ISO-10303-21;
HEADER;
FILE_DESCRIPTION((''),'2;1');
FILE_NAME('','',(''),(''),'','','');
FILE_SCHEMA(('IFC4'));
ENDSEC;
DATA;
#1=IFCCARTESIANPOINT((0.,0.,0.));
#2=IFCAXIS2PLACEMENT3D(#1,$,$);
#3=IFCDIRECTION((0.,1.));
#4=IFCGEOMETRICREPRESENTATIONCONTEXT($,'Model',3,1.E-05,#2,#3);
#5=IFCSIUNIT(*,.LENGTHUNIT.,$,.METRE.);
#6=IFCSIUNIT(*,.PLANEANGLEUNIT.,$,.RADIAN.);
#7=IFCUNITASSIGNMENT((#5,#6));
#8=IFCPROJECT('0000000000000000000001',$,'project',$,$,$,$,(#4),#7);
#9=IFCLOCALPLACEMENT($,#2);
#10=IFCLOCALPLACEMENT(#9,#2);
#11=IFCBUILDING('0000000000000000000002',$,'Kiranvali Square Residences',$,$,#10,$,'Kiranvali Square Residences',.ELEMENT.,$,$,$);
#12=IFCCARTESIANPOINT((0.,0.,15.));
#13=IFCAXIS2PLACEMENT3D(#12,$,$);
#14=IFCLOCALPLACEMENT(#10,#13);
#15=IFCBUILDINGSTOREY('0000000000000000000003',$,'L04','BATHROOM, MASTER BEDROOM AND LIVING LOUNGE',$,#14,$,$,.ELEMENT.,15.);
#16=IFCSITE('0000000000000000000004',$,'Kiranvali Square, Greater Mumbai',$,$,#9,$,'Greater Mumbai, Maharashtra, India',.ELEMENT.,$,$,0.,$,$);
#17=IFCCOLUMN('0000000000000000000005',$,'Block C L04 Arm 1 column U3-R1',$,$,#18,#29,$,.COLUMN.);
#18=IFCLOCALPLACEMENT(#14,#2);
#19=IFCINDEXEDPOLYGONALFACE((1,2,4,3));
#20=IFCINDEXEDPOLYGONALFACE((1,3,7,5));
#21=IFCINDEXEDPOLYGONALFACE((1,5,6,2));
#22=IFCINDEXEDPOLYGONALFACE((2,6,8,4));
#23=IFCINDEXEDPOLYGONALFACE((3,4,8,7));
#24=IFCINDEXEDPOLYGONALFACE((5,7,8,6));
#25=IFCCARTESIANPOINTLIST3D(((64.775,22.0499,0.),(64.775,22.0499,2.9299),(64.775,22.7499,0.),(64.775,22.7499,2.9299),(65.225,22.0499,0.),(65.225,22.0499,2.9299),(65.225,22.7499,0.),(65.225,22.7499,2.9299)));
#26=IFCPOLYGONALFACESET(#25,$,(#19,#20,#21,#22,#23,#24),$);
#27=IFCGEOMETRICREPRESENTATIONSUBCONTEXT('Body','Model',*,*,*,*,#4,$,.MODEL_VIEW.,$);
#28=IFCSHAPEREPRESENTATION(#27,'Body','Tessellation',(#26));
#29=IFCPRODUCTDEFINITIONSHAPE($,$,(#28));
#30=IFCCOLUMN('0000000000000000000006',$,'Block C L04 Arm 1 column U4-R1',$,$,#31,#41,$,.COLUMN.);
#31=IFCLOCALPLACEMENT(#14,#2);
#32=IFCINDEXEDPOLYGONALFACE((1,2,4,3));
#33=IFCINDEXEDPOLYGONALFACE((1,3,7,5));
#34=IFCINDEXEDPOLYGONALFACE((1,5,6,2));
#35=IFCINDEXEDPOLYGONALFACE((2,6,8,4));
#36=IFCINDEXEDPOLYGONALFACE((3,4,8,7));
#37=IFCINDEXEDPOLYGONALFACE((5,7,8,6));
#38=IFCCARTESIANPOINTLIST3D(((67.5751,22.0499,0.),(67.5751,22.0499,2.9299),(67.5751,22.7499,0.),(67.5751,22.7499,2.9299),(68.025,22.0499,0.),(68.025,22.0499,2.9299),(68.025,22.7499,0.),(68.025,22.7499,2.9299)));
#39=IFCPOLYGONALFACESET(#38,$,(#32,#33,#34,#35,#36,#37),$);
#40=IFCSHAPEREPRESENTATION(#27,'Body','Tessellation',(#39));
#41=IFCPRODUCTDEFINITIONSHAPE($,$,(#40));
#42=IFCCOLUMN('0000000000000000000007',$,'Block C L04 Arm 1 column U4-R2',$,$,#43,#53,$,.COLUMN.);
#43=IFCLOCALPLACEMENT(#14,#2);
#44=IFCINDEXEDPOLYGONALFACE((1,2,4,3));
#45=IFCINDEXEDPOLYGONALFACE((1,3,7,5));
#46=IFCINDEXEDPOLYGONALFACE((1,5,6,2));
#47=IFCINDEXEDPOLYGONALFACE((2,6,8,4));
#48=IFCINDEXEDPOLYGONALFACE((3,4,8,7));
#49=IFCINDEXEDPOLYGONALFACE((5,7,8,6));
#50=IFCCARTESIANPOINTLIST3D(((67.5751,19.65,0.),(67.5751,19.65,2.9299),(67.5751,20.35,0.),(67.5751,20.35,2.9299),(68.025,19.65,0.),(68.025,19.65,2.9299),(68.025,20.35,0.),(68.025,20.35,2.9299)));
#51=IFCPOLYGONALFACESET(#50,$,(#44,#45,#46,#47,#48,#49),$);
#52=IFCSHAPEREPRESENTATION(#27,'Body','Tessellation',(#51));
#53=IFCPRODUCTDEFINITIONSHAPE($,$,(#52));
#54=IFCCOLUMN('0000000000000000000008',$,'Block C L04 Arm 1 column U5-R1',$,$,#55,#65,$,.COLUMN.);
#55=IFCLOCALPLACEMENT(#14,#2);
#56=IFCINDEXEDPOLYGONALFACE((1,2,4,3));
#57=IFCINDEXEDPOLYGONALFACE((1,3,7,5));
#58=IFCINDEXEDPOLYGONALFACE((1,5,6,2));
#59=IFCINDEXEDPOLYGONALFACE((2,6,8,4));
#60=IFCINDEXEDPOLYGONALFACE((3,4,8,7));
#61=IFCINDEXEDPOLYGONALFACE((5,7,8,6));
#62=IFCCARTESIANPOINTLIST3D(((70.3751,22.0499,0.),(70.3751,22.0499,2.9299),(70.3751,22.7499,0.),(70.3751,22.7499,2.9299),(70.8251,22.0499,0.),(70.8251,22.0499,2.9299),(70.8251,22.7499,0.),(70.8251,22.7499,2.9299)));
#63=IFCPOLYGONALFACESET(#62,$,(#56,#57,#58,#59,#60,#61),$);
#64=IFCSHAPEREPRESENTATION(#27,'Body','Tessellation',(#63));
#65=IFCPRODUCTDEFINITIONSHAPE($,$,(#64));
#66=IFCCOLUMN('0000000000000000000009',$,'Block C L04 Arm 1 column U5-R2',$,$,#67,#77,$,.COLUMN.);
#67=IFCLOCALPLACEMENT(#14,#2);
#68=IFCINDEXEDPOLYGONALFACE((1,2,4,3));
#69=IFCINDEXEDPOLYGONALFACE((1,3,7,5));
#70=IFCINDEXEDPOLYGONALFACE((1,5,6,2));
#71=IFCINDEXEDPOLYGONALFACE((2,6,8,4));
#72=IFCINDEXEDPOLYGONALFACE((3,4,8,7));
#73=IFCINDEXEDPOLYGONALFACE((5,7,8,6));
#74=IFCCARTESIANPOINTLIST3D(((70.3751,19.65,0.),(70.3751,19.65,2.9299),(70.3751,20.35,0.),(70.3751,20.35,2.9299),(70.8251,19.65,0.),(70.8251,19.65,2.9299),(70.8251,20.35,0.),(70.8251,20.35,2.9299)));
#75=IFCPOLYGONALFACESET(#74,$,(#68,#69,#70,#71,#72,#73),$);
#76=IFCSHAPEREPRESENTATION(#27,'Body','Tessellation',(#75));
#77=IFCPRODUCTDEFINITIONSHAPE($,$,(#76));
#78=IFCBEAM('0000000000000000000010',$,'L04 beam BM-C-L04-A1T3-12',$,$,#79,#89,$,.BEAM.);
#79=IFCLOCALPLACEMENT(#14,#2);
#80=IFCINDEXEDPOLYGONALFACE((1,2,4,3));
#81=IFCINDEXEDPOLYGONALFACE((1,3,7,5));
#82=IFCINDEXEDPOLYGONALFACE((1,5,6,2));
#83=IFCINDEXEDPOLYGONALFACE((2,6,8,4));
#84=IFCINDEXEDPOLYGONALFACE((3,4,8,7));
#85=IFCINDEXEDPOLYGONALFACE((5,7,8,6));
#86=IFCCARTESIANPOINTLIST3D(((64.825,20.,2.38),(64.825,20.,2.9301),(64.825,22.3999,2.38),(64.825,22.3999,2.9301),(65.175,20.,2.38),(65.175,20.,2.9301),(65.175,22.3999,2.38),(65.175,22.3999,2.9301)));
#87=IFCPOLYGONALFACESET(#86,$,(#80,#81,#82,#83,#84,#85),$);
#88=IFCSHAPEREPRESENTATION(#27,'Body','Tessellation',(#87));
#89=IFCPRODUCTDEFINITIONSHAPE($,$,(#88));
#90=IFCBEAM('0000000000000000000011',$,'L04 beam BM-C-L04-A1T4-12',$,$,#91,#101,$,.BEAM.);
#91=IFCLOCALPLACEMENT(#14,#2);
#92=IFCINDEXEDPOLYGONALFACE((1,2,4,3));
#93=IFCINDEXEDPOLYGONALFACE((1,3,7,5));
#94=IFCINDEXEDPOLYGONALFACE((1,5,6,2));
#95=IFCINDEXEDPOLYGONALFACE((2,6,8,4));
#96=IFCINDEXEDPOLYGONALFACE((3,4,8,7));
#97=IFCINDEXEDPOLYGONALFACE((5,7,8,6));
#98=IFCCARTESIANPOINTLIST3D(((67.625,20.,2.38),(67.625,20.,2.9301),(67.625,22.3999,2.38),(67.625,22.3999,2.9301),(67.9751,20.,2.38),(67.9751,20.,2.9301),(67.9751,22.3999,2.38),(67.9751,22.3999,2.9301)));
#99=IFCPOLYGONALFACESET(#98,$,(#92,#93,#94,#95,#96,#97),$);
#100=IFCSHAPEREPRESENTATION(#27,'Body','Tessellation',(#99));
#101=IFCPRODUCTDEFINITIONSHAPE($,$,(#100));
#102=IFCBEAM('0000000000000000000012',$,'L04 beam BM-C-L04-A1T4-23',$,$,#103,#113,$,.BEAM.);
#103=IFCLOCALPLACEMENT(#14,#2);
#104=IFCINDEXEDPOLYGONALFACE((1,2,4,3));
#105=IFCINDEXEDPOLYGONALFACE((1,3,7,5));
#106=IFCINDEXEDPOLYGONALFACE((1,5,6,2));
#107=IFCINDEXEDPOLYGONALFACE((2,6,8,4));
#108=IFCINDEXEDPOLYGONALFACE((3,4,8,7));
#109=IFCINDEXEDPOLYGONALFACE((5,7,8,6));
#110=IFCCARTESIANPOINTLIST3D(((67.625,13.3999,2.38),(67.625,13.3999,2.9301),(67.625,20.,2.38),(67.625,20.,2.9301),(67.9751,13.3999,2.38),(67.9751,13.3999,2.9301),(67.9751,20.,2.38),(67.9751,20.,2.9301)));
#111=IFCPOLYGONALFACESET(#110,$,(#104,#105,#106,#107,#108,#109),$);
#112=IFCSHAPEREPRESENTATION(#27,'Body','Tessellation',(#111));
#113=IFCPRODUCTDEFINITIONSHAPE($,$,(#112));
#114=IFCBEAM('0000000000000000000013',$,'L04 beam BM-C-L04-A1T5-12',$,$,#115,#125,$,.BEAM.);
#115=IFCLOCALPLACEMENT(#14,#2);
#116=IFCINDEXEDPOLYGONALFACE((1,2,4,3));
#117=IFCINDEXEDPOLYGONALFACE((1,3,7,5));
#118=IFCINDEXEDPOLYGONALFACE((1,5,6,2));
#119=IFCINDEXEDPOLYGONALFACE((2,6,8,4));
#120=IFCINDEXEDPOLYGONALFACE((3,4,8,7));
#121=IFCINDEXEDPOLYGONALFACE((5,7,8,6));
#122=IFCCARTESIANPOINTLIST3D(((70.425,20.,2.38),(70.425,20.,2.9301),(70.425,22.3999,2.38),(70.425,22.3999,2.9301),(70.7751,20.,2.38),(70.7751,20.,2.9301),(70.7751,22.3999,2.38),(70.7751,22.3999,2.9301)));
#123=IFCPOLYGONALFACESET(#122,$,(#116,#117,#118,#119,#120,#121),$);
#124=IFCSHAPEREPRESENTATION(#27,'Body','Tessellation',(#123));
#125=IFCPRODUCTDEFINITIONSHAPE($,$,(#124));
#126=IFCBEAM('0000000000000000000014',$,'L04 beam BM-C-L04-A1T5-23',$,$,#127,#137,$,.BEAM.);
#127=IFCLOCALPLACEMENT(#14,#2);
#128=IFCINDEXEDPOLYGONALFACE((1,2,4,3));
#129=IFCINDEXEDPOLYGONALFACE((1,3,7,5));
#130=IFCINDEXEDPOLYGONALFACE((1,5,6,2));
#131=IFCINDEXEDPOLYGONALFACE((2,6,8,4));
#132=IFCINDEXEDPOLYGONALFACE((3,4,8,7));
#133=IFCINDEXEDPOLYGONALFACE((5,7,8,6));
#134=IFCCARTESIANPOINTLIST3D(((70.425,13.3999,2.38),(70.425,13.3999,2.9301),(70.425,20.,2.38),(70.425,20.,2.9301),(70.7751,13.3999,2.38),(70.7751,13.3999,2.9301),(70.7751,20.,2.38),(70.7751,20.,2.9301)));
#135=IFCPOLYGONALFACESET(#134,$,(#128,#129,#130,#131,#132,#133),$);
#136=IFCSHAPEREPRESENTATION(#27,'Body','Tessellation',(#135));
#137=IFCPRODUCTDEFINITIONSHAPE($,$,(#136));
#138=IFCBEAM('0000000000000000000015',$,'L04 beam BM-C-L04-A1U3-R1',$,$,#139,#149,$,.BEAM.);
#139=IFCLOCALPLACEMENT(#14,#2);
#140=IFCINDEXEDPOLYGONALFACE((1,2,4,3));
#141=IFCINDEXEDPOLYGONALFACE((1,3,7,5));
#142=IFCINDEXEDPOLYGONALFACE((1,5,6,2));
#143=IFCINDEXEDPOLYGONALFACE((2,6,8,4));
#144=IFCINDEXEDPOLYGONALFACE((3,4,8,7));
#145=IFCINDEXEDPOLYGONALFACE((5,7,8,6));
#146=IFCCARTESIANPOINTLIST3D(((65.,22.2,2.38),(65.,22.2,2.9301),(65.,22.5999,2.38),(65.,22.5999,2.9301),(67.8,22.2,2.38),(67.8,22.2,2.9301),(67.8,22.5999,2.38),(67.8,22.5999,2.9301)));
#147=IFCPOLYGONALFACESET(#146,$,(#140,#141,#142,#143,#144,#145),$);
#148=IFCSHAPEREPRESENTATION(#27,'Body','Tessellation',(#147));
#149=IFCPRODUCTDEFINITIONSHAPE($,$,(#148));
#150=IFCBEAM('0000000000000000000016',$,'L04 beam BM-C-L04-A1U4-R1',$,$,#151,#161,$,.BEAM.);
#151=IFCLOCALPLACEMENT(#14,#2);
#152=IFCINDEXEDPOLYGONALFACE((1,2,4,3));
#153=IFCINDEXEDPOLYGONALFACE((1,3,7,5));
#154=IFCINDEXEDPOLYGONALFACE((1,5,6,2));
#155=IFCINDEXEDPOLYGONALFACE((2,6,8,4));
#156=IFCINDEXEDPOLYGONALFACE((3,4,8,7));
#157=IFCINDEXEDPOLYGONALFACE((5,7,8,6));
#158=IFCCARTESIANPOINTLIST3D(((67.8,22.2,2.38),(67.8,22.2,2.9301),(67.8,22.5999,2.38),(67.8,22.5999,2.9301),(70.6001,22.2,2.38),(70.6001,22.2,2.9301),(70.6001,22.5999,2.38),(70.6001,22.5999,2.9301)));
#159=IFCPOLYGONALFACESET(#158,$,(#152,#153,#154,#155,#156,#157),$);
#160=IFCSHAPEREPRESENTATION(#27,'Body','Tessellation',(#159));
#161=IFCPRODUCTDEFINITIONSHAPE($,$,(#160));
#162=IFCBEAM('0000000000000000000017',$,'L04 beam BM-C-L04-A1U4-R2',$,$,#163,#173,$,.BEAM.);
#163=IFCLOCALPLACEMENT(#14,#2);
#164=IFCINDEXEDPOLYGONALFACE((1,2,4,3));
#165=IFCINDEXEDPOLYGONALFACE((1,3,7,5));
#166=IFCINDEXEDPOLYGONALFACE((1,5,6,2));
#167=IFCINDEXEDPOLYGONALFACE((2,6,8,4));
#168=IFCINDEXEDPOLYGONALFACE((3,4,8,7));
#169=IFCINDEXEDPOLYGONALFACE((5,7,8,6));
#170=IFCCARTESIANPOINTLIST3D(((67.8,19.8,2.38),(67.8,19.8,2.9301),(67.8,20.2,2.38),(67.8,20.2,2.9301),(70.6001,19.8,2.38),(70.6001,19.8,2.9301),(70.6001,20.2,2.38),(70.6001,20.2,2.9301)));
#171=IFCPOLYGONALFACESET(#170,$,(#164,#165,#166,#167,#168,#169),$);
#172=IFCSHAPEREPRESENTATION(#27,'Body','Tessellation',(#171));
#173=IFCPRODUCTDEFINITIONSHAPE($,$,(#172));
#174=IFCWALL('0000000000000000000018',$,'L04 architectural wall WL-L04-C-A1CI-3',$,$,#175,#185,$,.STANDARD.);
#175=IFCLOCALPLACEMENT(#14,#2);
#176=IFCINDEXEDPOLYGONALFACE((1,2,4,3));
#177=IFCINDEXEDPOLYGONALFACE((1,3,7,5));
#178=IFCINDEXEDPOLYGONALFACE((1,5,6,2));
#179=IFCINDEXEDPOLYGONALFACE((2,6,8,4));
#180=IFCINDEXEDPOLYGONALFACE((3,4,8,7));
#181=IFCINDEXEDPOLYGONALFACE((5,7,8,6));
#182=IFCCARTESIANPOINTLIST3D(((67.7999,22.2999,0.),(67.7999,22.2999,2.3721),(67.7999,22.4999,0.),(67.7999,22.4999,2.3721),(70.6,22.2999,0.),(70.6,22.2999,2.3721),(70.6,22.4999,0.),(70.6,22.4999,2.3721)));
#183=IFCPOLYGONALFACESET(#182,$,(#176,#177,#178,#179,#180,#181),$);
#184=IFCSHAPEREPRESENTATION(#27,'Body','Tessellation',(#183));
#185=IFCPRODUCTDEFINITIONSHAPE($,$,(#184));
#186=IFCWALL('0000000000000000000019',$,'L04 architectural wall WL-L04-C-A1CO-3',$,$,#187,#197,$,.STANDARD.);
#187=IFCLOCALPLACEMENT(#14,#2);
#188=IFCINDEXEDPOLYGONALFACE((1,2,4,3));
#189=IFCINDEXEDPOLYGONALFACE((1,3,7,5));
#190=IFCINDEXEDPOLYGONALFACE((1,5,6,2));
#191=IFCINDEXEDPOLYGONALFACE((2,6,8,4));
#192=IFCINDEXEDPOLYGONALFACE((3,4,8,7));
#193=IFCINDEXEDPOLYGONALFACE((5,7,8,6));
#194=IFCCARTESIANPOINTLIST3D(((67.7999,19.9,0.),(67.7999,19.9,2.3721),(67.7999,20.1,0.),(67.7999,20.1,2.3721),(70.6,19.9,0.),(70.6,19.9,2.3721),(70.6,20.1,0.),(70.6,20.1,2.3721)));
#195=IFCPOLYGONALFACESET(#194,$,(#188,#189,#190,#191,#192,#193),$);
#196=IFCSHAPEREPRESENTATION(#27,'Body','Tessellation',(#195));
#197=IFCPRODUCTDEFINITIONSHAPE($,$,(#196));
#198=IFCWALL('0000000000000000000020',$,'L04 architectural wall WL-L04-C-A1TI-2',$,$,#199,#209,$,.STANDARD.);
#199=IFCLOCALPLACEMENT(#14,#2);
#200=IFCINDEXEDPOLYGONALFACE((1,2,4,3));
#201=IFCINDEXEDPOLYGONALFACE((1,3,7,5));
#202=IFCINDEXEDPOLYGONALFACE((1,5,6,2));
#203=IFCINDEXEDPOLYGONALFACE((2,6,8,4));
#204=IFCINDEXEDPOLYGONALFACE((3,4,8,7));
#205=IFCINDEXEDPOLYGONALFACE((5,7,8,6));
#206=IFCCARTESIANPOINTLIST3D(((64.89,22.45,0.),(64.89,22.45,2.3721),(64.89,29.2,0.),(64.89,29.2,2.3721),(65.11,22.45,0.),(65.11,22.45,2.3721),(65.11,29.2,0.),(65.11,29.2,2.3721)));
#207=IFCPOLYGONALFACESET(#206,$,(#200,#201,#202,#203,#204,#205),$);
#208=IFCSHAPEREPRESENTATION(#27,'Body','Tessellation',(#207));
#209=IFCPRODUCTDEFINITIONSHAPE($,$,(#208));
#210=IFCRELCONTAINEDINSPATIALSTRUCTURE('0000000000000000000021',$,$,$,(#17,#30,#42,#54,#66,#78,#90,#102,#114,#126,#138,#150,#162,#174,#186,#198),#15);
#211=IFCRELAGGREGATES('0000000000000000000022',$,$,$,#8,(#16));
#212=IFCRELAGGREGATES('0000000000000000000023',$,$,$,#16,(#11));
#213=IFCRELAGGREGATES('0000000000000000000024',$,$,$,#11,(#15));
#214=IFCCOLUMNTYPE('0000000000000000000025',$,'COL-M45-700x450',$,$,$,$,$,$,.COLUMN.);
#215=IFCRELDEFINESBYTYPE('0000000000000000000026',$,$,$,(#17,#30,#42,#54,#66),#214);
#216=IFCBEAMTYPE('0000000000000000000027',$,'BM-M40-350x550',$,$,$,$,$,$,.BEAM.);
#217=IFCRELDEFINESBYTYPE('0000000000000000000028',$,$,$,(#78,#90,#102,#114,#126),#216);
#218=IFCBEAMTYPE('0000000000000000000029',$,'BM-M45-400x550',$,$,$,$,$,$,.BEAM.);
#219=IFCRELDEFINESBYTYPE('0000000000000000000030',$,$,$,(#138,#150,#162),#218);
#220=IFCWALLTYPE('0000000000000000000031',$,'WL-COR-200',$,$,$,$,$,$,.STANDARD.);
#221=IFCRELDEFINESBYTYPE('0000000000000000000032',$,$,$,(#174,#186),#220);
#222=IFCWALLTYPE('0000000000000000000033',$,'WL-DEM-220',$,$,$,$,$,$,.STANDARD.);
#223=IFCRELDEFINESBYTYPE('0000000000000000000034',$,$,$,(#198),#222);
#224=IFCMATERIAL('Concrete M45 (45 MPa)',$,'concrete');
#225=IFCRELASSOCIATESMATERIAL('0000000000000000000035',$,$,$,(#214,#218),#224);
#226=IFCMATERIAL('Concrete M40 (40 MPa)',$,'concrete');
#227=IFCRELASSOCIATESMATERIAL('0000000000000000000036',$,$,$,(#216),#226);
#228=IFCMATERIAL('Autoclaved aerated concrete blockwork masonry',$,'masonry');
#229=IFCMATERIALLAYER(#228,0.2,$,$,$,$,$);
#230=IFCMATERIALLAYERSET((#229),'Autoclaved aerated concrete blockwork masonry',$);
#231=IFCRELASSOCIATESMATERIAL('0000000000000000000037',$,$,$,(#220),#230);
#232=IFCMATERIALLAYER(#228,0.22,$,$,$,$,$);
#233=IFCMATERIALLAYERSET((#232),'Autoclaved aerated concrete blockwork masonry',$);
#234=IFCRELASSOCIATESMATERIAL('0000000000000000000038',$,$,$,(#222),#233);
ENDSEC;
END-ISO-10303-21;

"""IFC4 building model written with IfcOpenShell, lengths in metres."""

from ifc_helpers import new_model, si_unit, direction, frame, frame_2d, origin, origin_2d, place, context, subcontext, project, spatial, rectangle, extrude, material, layer, layer_set, material_profile, profile_set, type_object, element, save


model = new_model("IFC4")

# Units and contexts
model_context = context("Model", 3, precision=1e-05, world=origin(), true_north=direction((0.0, 1.0)))
body_context = subcontext(model_context, "Body", "Model", "MODEL_VIEW")
ifc_project = project(units=[si_unit("LENGTHUNIT", "METRE"), si_unit("PLANEANGLEUNIT", "RADIAN")], contexts=[model_context])

# Site, building, storey
site_placement = place(None, origin())
site = spatial("IfcSite", under=ifc_project, at=site_placement, Name="Kiranvali Square, Greater Mumbai", LongName="Greater Mumbai, Maharashtra, India", CompositionType="ELEMENT", RefElevation=0.0)
building_placement = place(site_placement, origin())
building = spatial("IfcBuilding", under=site, at=building_placement, Name="Kiranvali Square Residences", LongName="Kiranvali Square Residences", CompositionType="ELEMENT")
storey_placement = place(building_placement, frame((0.0, 0.0, 15.0)))
storey = spatial("IfcBuildingStorey", under=building, at=storey_placement, Name="L04", Description="BATHROOM, MASTER BEDROOM AND LIVING LOUNGE", CompositionType="ELEMENT", Elevation=15.0)

# Columns
ifc_material_1 = material(Name="Concrete M45 (45 MPa)", Category="concrete")
ifc_material_profile_1 = material_profile(ifc_material_1, rectangle(XDim=0.45, YDim=0.7, at=origin_2d()), Name="RC 700x450")
ifc_profile_set_1 = profile_set([ifc_material_profile_1], Name="Concrete M45 (45 MPa)")
column_type = type_object("IfcColumnType", Name="COL-M45-700x450", PredefinedType="COLUMN", material=ifc_profile_set_1)
for number, where, z_axis, x_axis, name in (
    (1, (65.0, 22.3999, 0.0), (0.0, 0.0, 1.0), (1.0, 0.0, 0.0), "Block C L04 Arm 1 column U3-R1"),
    (2, (67.8, 22.3999, 0.0), (0.0, 0.0, 1.0), (1.0, 0.0, 0.0), "Block C L04 Arm 1 column U4-R1"),
    (3, (67.8, 20.0, 0.0), (0.0, 0.0, 1.0), (1.0, 0.0, 0.0), "Block C L04 Arm 1 column U4-R2"),
    (4, (70.6001, 22.3999, 0.0), (0.0, 0.0, 1.0), (1.0, 0.0, 0.0), "Block C L04 Arm 1 column U5-R1"),
    (5, (70.6001, 20.0, 0.0), (0.0, 0.0, 1.0), (1.0, 0.0, 0.0), "Block C L04 Arm 1 column U5-R2"),
):
    element("IfcColumn", number, at=place(storey_placement, frame(where, z_axis=z_axis, x_axis=x_axis)), inside=storey, type_object=column_type, Name=name, PredefinedType="COLUMN", context=body_context, shape_type="SweptSolid", body=[
        extrude(rectangle(XDim=0.45, YDim=0.7, at=origin_2d()), origin(), (0.0, 0.0, 1.0), 2.9299),
    ])

# Beams
ifc_material_2 = material(Name="Concrete M40 (40 MPa)", Category="concrete")
ifc_material_profile_2 = material_profile(ifc_material_2, rectangle(XDim=0.3501, YDim=0.55, at=origin_2d()), Name="RC 350x550")
ifc_profile_set_2 = profile_set([ifc_material_profile_2], Name="Concrete M40 (40 MPa)")
beam_type_1 = type_object("IfcBeamType", Name="BM-M40-350x550", PredefinedType="BEAM", material=ifc_profile_set_2)
for number, where, z_axis, x_axis, name in (
    (6, (65.0, 22.3999, 2.655), (0.0, -1.0, 0.0), (1.0, 0.0, 0.0), "L04 beam BM-C-L04-A1T3-12"),
    (7, (67.8, 22.3999, 2.655), (0.0, -1.0, 0.0), (1.0, 0.0, 0.0), "L04 beam BM-C-L04-A1T4-12"),
):
    element("IfcBeam", number, at=place(storey_placement, frame(where, z_axis=z_axis, x_axis=x_axis)), inside=storey, type_object=beam_type_1, Name=name, PredefinedType="BEAM", context=body_context, shape_type="SweptSolid", body=[
        extrude(rectangle(XDim=0.3501, YDim=0.55, at=origin_2d()), origin(), (0.0, 0.0, 1.0), 2.3999),
    ])
beam_1_placement = place(storey_placement, frame((67.8, 20.0, 2.655), z_axis=(0.0, -1.0, 0.0), x_axis=(1.0, 0.0, 0.0)))
element("IfcBeam", 8, at=beam_1_placement, inside=storey, type_object=beam_type_1, Name="L04 beam BM-C-L04-A1T4-23", PredefinedType="BEAM", context=body_context, shape_type="SweptSolid", body=[
    extrude(rectangle(XDim=0.3501, YDim=0.55, at=origin_2d()), origin(), (0.0, 0.0, 1.0), 6.6001),
])
beam_2_placement = place(storey_placement, frame((70.6001, 22.3999, 2.655), z_axis=(0.0, -1.0, 0.0), x_axis=(1.0, 0.0, 0.0)))
element("IfcBeam", 9, at=beam_2_placement, inside=storey, type_object=beam_type_1, Name="L04 beam BM-C-L04-A1T5-12", PredefinedType="BEAM", context=body_context, shape_type="SweptSolid", body=[
    extrude(rectangle(XDim=0.3501, YDim=0.55, at=origin_2d()), origin(), (0.0, 0.0, 1.0), 2.3999),
])
beam_3_placement = place(storey_placement, frame((70.6001, 20.0, 2.655), z_axis=(0.0, -1.0, 0.0), x_axis=(1.0, 0.0, 0.0)))
element("IfcBeam", 10, at=beam_3_placement, inside=storey, type_object=beam_type_1, Name="L04 beam BM-C-L04-A1T5-23", PredefinedType="BEAM", context=body_context, shape_type="SweptSolid", body=[
    extrude(rectangle(XDim=0.3501, YDim=0.55, at=origin_2d()), origin(), (0.0, 0.0, 1.0), 6.6001),
])
ifc_material_profile_3 = material_profile(ifc_material_1, rectangle(XDim=0.3999, YDim=0.55, at=origin_2d()), Name="RC 400x550")
ifc_profile_set_3 = profile_set([ifc_material_profile_3], Name="Concrete M45 (45 MPa)")
beam_type_2 = type_object("IfcBeamType", Name="BM-M45-400x550", PredefinedType="BEAM", material=ifc_profile_set_3)
for number, where, z_axis, x_axis, name in (
    (11, (65.0, 22.3999, 2.655), (1.0, 0.0, 0.0), (0.0, 1.0, 0.0), "L04 beam BM-C-L04-A1U3-R1"),
    (12, (67.8, 22.3999, 2.655), (1.0, 0.0, 0.0), (0.0, 1.0, 0.0), "L04 beam BM-C-L04-A1U4-R1"),
    (13, (67.8, 20.0, 2.655), (1.0, 0.0, 0.0), (0.0, 1.0, 0.0), "L04 beam BM-C-L04-A1U4-R2"),
):
    element("IfcBeam", number, at=place(storey_placement, frame(where, z_axis=z_axis, x_axis=x_axis)), inside=storey, type_object=beam_type_2, Name=name, PredefinedType="BEAM", context=body_context, shape_type="SweptSolid", body=[
        extrude(rectangle(XDim=0.3999, YDim=0.55, at=origin_2d()), origin(), (0.0, 0.0, 1.0), 2.8),
    ])

# Shared definitions
ifc_material_3 = material(Name="Autoclaved aerated concrete blockwork masonry", Category="masonry")
ifc_layer_1 = layer(ifc_material_3, 0.2)
ifc_layer_set_1 = layer_set([ifc_layer_1], Name="Autoclaved aerated concrete blockwork masonry")
wall_type_1 = type_object("IfcWallType", Name="WL-COR-200", PredefinedType="STANDARD", material=ifc_layer_set_1)

# Walls
for number, where, z_axis, x_axis, name in (
    (14, (67.8, 22.3999, 0.0), (0.0, 0.0, 1.0), (1.0, 0.0, 0.0), "L04 architectural wall WL-L04-C-A1CI-3"),
    (15, (67.8, 20.0, 0.0), (0.0, 0.0, 1.0), (1.0, 0.0, 0.0), "L04 architectural wall WL-L04-C-A1CO-3"),
):
    element("IfcWall", number, at=place(storey_placement, frame(where, z_axis=z_axis, x_axis=x_axis)), inside=storey, type_object=wall_type_1, Name=name, PredefinedType="STANDARD", context=body_context, shape_type="SweptSolid", body=[
        extrude(rectangle(XDim=2.8, YDim=0.2, at=frame_2d((1.3999, 0.0))), origin(), (0.0, 0.0, 1.0), 2.3721),
    ])
ifc_layer_2 = layer(ifc_material_3, 0.22)
ifc_layer_set_2 = layer_set([ifc_layer_2], Name="Autoclaved aerated concrete blockwork masonry")
wall_type_2 = type_object("IfcWallType", Name="WL-DEM-220", PredefinedType="STANDARD", material=ifc_layer_set_2)
wall_1_placement = place(storey_placement, frame((65.0, 29.2, 0.0), z_axis=(0.0, 0.0, 1.0), x_axis=(0.0, -1.0, 0.0)))
element("IfcWall", 16, at=wall_1_placement, inside=storey, type_object=wall_type_2, Name="L04 architectural wall WL-L04-C-A1TI-2", PredefinedType="STANDARD", context=body_context, shape_type="SweptSolid", body=[
    extrude(rectangle(XDim=6.75, YDim=0.22, at=frame_2d((3.375, 0.0))), origin(), (0.0, 0.0, 1.0), 2.3721),
])

save(model, "model.ifc")
